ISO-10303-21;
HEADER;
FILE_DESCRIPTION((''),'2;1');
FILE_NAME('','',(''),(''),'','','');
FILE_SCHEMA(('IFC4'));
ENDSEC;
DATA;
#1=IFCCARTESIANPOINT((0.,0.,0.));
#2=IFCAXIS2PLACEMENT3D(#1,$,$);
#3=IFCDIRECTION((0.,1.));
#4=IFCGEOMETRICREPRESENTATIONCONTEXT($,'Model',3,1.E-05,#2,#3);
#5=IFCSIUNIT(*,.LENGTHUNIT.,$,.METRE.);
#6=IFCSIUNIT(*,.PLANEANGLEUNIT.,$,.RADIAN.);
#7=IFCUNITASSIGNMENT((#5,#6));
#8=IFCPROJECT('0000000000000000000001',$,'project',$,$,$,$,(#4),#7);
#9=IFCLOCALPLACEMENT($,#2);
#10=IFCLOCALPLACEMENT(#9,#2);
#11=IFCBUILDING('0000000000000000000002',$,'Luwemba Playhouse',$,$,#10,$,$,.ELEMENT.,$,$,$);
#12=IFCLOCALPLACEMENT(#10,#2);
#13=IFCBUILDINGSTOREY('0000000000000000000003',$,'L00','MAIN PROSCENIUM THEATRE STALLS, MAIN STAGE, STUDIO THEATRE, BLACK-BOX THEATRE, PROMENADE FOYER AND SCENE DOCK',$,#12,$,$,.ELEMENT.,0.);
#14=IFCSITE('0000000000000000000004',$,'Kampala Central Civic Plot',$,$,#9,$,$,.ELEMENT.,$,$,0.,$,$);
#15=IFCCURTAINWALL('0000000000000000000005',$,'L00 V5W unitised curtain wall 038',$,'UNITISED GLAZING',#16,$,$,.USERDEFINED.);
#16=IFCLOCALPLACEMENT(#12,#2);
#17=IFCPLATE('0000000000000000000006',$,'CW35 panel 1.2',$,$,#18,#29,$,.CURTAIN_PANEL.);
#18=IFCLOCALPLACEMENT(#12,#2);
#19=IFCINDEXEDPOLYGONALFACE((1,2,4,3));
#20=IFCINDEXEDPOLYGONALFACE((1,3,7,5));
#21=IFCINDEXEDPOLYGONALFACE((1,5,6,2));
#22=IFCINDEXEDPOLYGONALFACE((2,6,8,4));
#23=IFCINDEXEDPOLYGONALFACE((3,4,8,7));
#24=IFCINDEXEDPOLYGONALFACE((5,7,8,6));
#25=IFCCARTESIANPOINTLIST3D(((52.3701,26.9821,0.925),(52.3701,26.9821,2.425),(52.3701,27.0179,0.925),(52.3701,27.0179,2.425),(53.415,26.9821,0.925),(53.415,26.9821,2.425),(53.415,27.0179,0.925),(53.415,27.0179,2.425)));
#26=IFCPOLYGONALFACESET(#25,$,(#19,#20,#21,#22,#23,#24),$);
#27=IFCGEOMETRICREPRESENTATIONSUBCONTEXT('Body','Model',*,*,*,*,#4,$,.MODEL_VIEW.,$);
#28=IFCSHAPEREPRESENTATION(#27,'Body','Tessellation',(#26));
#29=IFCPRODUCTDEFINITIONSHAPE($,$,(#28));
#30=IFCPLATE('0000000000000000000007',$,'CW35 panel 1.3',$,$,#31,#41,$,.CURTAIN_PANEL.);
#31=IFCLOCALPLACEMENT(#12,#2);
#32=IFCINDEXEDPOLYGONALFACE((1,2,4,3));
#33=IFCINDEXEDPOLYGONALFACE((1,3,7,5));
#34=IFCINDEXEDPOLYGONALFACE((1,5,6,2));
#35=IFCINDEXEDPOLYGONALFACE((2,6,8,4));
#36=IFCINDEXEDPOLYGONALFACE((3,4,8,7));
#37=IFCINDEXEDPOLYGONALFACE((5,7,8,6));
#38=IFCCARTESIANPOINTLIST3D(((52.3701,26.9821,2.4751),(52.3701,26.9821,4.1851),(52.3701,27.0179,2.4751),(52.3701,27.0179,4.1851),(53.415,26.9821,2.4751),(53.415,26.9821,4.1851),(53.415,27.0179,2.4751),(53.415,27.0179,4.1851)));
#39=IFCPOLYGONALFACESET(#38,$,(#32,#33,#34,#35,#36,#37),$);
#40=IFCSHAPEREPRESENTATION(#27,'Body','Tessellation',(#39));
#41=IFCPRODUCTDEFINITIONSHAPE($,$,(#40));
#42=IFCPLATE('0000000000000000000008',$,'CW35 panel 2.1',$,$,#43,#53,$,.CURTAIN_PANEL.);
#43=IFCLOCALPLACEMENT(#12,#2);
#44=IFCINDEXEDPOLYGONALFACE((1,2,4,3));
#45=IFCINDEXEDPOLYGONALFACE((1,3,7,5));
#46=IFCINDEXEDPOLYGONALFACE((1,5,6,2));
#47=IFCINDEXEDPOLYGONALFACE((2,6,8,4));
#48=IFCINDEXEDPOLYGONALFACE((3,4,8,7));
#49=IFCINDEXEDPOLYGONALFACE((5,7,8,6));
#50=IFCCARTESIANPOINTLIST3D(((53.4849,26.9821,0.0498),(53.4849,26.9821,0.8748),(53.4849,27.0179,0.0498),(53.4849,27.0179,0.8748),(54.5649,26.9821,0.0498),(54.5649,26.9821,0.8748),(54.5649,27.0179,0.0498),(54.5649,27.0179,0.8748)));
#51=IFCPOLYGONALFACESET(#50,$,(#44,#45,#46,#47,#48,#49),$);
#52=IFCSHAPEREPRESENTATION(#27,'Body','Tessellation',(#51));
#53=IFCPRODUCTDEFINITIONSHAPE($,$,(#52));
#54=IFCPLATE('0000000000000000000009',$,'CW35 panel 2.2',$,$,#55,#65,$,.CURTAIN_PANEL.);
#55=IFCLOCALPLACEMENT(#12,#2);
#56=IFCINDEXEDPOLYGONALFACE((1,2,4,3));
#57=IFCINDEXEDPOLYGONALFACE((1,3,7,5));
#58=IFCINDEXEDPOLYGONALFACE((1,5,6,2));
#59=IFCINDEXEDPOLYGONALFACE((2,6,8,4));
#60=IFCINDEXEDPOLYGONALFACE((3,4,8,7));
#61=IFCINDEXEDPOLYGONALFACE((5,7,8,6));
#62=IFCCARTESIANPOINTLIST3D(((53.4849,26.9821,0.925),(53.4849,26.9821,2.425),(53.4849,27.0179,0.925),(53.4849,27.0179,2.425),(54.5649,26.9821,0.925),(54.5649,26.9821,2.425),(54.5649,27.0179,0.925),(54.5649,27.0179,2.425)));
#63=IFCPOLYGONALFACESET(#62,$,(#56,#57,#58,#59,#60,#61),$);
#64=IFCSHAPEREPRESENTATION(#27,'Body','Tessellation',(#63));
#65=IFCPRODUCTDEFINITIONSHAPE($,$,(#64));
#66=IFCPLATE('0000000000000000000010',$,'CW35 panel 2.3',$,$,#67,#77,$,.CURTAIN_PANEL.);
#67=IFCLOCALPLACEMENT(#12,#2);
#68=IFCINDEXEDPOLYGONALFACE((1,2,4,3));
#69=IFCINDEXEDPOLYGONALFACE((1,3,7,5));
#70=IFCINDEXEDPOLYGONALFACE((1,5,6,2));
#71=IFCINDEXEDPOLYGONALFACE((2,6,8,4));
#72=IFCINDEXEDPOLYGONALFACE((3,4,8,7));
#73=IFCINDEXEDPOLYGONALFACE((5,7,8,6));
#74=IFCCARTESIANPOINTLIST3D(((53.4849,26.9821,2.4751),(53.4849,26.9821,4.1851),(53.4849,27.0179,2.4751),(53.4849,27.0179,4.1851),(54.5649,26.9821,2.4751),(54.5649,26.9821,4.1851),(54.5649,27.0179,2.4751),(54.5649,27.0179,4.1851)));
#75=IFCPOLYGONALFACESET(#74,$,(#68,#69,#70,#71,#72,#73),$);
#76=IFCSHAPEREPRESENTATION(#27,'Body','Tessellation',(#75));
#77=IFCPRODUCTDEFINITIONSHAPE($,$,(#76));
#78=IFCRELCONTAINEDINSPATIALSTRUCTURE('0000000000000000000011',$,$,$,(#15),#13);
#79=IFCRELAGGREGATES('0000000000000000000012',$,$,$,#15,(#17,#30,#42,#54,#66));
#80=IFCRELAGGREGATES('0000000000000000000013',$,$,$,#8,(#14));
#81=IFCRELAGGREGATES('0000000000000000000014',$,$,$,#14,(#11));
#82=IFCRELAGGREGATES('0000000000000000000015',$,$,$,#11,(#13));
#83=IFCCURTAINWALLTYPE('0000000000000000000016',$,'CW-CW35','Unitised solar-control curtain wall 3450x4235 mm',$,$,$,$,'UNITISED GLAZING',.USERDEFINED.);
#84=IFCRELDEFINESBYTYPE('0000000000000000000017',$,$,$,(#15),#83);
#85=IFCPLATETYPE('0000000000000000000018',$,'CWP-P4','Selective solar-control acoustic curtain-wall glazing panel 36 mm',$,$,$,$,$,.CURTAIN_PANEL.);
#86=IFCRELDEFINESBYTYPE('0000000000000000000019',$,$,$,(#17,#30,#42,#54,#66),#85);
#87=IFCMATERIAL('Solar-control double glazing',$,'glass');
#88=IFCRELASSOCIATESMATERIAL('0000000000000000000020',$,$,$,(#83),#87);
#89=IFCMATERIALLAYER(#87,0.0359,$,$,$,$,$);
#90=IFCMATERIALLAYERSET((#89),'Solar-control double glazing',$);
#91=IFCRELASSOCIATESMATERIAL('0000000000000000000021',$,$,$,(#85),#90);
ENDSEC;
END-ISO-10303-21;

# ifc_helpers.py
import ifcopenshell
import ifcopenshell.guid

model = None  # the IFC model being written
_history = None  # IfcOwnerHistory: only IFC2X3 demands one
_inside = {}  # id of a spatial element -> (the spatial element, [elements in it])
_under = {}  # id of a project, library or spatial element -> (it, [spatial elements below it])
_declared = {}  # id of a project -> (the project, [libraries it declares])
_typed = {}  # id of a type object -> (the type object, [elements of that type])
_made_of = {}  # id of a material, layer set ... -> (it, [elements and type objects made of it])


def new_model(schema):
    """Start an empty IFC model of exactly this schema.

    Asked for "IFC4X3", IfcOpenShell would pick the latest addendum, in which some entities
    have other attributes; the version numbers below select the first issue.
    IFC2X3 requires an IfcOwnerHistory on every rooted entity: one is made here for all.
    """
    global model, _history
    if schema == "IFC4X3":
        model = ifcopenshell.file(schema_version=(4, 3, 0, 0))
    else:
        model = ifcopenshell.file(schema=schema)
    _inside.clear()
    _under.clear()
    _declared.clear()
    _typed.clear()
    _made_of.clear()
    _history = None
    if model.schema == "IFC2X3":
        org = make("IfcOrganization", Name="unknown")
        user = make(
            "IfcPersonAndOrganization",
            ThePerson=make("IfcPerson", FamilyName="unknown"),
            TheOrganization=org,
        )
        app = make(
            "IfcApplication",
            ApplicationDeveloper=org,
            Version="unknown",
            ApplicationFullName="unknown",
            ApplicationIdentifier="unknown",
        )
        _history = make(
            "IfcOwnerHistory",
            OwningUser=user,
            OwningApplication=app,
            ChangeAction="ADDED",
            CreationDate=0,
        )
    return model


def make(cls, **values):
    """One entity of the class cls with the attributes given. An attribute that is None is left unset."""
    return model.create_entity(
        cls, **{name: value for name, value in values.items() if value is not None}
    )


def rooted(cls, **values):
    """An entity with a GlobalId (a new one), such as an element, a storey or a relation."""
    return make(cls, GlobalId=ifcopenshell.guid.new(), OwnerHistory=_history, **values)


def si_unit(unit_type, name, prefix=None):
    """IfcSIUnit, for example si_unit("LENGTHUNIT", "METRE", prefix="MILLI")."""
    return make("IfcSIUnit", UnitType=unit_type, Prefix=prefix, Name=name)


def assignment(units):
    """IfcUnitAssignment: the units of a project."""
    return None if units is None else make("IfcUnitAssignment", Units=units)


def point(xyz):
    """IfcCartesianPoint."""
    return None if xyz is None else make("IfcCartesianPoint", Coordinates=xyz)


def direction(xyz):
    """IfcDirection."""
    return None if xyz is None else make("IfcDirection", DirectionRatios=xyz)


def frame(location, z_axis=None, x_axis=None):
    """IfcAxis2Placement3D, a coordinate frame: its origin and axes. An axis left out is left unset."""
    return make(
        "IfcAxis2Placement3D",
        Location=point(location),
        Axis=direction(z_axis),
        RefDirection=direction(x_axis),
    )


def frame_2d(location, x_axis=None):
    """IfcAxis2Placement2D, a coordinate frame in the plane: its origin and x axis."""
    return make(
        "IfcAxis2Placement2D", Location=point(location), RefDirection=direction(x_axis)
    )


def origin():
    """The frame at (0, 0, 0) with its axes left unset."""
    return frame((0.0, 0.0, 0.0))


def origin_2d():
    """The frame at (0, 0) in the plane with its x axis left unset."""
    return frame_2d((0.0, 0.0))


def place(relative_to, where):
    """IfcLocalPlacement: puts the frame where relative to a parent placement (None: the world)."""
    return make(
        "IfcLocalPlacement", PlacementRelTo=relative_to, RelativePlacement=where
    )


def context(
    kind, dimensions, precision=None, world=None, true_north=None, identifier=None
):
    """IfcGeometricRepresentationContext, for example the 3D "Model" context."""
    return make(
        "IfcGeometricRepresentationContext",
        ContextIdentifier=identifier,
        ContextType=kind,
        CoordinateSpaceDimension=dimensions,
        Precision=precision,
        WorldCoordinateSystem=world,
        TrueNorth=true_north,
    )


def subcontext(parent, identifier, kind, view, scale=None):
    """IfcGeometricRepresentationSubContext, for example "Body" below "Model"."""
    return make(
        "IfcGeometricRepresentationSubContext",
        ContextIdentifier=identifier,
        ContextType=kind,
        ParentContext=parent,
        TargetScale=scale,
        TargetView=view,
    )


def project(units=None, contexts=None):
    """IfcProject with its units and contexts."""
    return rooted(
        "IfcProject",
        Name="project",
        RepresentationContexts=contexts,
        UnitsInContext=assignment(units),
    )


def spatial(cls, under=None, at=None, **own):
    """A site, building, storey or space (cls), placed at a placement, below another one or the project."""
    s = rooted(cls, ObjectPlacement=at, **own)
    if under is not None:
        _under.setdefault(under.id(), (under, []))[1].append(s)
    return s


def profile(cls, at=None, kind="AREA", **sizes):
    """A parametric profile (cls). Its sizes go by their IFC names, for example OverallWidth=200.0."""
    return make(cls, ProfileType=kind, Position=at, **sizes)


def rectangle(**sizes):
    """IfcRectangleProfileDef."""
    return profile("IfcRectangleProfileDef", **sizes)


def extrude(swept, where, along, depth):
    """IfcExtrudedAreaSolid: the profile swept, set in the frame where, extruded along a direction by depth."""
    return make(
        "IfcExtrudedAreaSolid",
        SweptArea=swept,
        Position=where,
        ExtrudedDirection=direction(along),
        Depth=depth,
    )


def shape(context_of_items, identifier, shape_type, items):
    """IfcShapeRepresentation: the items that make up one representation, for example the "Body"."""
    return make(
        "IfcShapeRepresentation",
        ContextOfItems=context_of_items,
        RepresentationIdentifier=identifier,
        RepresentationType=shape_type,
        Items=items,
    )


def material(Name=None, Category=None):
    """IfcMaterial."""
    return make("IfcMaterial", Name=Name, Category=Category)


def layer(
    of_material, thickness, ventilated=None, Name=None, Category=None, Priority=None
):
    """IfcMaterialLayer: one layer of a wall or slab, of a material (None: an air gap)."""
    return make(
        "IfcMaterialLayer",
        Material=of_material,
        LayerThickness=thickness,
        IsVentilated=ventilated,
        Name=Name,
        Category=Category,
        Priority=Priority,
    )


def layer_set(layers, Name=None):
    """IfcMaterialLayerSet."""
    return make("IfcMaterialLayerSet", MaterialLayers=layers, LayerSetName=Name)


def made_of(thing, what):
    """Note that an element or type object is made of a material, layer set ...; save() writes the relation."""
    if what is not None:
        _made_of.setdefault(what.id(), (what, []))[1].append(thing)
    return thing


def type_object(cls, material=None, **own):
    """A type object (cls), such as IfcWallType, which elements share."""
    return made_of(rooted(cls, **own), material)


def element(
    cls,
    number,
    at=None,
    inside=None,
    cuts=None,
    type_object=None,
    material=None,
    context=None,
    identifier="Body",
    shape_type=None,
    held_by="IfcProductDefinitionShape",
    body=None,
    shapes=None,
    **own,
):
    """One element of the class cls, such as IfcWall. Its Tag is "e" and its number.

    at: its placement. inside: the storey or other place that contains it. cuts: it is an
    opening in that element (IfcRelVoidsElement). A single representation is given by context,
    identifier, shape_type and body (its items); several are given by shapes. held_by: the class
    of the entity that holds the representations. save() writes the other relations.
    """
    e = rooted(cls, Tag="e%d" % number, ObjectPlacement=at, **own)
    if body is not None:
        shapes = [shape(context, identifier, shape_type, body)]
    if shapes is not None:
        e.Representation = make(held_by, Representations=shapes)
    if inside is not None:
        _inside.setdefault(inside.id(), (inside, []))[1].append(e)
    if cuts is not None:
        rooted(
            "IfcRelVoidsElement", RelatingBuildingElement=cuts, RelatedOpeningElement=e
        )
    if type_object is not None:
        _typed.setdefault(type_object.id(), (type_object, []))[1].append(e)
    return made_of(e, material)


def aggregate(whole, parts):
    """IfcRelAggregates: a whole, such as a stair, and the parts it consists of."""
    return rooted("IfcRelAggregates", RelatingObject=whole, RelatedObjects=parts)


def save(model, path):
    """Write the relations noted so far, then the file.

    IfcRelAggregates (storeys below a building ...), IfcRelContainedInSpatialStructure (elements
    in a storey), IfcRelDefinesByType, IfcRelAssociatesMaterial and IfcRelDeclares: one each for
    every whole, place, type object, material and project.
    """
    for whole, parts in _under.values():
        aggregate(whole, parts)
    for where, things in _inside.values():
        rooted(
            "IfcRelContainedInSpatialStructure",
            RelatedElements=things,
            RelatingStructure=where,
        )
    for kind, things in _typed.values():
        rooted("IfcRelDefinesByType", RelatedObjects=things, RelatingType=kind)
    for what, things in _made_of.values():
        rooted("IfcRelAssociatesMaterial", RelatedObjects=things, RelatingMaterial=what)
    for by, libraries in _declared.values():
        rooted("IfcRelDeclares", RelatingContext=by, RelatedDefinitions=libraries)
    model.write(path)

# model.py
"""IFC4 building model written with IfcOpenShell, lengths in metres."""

from ifc_helpers import new_model, si_unit, direction, frame, origin, origin_2d, place, context, subcontext, project, spatial, rectangle, extrude, material, layer, layer_set, type_object, element, aggregate, save


model = new_model("IFC4")

# Units and contexts
model_context = context("Model", 3, precision=1e-05, world=origin(), true_north=direction((0.0, 1.0)))
body_context = subcontext(model_context, "Body", "Model", "MODEL_VIEW")
ifc_project = project(units=[si_unit("LENGTHUNIT", "METRE"), si_unit("PLANEANGLEUNIT", "RADIAN")], contexts=[model_context])

# Site, building, storey
site_placement = place(None, origin())
site = spatial("IfcSite", under=ifc_project, at=site_placement, Name="Kampala Central Civic Plot", CompositionType="ELEMENT", RefElevation=0.0)
building_placement = place(site_placement, origin())
building = spatial("IfcBuilding", under=site, at=building_placement, Name="Luwemba Playhouse", CompositionType="ELEMENT")
storey_placement = place(building_placement, origin())
storey = spatial("IfcBuildingStorey", under=building, at=storey_placement, Name="L00", Description="MAIN PROSCENIUM THEATRE STALLS, MAIN STAGE, STUDIO THEATRE, BLACK-BOX THEATRE, PROMENADE FOYER AND SCENE DOCK", CompositionType="ELEMENT", Elevation=0.0)

# Shared definitions
ifc_material_1 = material(Name="Solar-control double glazing", Category="glass")

# Curtain wall
curtain_wall_type_1 = type_object("IfcCurtainWallType", Name="CW-CW35", Description="Unitised solar-control curtain wall 3450x4235 mm", ElementType="UNITISED GLAZING", PredefinedType="USERDEFINED", material=ifc_material_1)
curtain_wall_1_placement = place(storey_placement, origin())
curtain_wall_1 = element("IfcCurtainWall", 1, at=curtain_wall_1_placement, inside=storey, type_object=curtain_wall_type_1, Name="L00 V5W unitised curtain wall 038", ObjectType="UNITISED GLAZING", PredefinedType="USERDEFINED")

# Plates
ifc_layer = layer(ifc_material_1, 0.0359)
ifc_layer_set = layer_set([ifc_layer], Name="Solar-control double glazing")
plate_type = type_object("IfcPlateType", Name="CWP-P4", Description="Selective solar-control acoustic curtain-wall glazing panel 36 mm", PredefinedType="CURTAIN_PANEL", material=ifc_layer_set)
plate_1_placement = place(storey_placement, frame((52.8926, 27.0, 0.925), z_axis=(0.0, 0.0, 1.0), x_axis=(1.0, 0.0, 0.0)))
plate_1 = element("IfcPlate", 2, at=plate_1_placement, type_object=plate_type, Name="CW35 panel 1.2", PredefinedType="CURTAIN_PANEL", context=body_context, shape_type="SweptSolid", body=[
    extrude(rectangle(XDim=1.0449, YDim=0.0359, at=origin_2d()), origin(), (0.0, 0.0, 1.0), 1.5),
])
plate_2_placement = place(storey_placement, frame((52.8926, 27.0, 2.4751), z_axis=(0.0, 0.0, 1.0), x_axis=(1.0, 0.0, 0.0)))
plate_2 = element("IfcPlate", 3, at=plate_2_placement, type_object=plate_type, Name="CW35 panel 1.3", PredefinedType="CURTAIN_PANEL", context=body_context, shape_type="SweptSolid", body=[
    extrude(rectangle(XDim=1.0449, YDim=0.0359, at=origin_2d()), origin(), (0.0, 0.0, 1.0), 1.71),
])
plate_3_placement = place(storey_placement, frame((54.0249, 27.0, 0.0498), z_axis=(0.0, 0.0, 1.0), x_axis=(1.0, 0.0, 0.0)))
plate_3 = element("IfcPlate", 4, at=plate_3_placement, type_object=plate_type, Name="CW35 panel 2.1", PredefinedType="CURTAIN_PANEL", context=body_context, shape_type="SweptSolid", body=[
    extrude(rectangle(XDim=1.0801, YDim=0.0359, at=origin_2d()), origin(), (0.0, 0.0, 1.0), 0.825),
])
plate_4_placement = place(storey_placement, frame((54.0249, 27.0, 0.925), z_axis=(0.0, 0.0, 1.0), x_axis=(1.0, 0.0, 0.0)))
plate_4 = element("IfcPlate", 5, at=plate_4_placement, type_object=plate_type, Name="CW35 panel 2.2", PredefinedType="CURTAIN_PANEL", context=body_context, shape_type="SweptSolid", body=[
    extrude(rectangle(XDim=1.0801, YDim=0.0359, at=origin_2d()), origin(), (0.0, 0.0, 1.0), 1.5),
])
plate_5_placement = place(storey_placement, frame((54.0249, 27.0, 2.4751), z_axis=(0.0, 0.0, 1.0), x_axis=(1.0, 0.0, 0.0)))
plate_5 = element("IfcPlate", 6, at=plate_5_placement, type_object=plate_type, Name="CW35 panel 2.3", PredefinedType="CURTAIN_PANEL", context=body_context, shape_type="SweptSolid", body=[
    extrude(rectangle(XDim=1.0801, YDim=0.0359, at=origin_2d()), origin(), (0.0, 0.0, 1.0), 1.71),
])
aggregate(curtain_wall_1, [plate_1, plate_2, plate_3, plate_4, plate_5])

save(model, "model.ifc")
